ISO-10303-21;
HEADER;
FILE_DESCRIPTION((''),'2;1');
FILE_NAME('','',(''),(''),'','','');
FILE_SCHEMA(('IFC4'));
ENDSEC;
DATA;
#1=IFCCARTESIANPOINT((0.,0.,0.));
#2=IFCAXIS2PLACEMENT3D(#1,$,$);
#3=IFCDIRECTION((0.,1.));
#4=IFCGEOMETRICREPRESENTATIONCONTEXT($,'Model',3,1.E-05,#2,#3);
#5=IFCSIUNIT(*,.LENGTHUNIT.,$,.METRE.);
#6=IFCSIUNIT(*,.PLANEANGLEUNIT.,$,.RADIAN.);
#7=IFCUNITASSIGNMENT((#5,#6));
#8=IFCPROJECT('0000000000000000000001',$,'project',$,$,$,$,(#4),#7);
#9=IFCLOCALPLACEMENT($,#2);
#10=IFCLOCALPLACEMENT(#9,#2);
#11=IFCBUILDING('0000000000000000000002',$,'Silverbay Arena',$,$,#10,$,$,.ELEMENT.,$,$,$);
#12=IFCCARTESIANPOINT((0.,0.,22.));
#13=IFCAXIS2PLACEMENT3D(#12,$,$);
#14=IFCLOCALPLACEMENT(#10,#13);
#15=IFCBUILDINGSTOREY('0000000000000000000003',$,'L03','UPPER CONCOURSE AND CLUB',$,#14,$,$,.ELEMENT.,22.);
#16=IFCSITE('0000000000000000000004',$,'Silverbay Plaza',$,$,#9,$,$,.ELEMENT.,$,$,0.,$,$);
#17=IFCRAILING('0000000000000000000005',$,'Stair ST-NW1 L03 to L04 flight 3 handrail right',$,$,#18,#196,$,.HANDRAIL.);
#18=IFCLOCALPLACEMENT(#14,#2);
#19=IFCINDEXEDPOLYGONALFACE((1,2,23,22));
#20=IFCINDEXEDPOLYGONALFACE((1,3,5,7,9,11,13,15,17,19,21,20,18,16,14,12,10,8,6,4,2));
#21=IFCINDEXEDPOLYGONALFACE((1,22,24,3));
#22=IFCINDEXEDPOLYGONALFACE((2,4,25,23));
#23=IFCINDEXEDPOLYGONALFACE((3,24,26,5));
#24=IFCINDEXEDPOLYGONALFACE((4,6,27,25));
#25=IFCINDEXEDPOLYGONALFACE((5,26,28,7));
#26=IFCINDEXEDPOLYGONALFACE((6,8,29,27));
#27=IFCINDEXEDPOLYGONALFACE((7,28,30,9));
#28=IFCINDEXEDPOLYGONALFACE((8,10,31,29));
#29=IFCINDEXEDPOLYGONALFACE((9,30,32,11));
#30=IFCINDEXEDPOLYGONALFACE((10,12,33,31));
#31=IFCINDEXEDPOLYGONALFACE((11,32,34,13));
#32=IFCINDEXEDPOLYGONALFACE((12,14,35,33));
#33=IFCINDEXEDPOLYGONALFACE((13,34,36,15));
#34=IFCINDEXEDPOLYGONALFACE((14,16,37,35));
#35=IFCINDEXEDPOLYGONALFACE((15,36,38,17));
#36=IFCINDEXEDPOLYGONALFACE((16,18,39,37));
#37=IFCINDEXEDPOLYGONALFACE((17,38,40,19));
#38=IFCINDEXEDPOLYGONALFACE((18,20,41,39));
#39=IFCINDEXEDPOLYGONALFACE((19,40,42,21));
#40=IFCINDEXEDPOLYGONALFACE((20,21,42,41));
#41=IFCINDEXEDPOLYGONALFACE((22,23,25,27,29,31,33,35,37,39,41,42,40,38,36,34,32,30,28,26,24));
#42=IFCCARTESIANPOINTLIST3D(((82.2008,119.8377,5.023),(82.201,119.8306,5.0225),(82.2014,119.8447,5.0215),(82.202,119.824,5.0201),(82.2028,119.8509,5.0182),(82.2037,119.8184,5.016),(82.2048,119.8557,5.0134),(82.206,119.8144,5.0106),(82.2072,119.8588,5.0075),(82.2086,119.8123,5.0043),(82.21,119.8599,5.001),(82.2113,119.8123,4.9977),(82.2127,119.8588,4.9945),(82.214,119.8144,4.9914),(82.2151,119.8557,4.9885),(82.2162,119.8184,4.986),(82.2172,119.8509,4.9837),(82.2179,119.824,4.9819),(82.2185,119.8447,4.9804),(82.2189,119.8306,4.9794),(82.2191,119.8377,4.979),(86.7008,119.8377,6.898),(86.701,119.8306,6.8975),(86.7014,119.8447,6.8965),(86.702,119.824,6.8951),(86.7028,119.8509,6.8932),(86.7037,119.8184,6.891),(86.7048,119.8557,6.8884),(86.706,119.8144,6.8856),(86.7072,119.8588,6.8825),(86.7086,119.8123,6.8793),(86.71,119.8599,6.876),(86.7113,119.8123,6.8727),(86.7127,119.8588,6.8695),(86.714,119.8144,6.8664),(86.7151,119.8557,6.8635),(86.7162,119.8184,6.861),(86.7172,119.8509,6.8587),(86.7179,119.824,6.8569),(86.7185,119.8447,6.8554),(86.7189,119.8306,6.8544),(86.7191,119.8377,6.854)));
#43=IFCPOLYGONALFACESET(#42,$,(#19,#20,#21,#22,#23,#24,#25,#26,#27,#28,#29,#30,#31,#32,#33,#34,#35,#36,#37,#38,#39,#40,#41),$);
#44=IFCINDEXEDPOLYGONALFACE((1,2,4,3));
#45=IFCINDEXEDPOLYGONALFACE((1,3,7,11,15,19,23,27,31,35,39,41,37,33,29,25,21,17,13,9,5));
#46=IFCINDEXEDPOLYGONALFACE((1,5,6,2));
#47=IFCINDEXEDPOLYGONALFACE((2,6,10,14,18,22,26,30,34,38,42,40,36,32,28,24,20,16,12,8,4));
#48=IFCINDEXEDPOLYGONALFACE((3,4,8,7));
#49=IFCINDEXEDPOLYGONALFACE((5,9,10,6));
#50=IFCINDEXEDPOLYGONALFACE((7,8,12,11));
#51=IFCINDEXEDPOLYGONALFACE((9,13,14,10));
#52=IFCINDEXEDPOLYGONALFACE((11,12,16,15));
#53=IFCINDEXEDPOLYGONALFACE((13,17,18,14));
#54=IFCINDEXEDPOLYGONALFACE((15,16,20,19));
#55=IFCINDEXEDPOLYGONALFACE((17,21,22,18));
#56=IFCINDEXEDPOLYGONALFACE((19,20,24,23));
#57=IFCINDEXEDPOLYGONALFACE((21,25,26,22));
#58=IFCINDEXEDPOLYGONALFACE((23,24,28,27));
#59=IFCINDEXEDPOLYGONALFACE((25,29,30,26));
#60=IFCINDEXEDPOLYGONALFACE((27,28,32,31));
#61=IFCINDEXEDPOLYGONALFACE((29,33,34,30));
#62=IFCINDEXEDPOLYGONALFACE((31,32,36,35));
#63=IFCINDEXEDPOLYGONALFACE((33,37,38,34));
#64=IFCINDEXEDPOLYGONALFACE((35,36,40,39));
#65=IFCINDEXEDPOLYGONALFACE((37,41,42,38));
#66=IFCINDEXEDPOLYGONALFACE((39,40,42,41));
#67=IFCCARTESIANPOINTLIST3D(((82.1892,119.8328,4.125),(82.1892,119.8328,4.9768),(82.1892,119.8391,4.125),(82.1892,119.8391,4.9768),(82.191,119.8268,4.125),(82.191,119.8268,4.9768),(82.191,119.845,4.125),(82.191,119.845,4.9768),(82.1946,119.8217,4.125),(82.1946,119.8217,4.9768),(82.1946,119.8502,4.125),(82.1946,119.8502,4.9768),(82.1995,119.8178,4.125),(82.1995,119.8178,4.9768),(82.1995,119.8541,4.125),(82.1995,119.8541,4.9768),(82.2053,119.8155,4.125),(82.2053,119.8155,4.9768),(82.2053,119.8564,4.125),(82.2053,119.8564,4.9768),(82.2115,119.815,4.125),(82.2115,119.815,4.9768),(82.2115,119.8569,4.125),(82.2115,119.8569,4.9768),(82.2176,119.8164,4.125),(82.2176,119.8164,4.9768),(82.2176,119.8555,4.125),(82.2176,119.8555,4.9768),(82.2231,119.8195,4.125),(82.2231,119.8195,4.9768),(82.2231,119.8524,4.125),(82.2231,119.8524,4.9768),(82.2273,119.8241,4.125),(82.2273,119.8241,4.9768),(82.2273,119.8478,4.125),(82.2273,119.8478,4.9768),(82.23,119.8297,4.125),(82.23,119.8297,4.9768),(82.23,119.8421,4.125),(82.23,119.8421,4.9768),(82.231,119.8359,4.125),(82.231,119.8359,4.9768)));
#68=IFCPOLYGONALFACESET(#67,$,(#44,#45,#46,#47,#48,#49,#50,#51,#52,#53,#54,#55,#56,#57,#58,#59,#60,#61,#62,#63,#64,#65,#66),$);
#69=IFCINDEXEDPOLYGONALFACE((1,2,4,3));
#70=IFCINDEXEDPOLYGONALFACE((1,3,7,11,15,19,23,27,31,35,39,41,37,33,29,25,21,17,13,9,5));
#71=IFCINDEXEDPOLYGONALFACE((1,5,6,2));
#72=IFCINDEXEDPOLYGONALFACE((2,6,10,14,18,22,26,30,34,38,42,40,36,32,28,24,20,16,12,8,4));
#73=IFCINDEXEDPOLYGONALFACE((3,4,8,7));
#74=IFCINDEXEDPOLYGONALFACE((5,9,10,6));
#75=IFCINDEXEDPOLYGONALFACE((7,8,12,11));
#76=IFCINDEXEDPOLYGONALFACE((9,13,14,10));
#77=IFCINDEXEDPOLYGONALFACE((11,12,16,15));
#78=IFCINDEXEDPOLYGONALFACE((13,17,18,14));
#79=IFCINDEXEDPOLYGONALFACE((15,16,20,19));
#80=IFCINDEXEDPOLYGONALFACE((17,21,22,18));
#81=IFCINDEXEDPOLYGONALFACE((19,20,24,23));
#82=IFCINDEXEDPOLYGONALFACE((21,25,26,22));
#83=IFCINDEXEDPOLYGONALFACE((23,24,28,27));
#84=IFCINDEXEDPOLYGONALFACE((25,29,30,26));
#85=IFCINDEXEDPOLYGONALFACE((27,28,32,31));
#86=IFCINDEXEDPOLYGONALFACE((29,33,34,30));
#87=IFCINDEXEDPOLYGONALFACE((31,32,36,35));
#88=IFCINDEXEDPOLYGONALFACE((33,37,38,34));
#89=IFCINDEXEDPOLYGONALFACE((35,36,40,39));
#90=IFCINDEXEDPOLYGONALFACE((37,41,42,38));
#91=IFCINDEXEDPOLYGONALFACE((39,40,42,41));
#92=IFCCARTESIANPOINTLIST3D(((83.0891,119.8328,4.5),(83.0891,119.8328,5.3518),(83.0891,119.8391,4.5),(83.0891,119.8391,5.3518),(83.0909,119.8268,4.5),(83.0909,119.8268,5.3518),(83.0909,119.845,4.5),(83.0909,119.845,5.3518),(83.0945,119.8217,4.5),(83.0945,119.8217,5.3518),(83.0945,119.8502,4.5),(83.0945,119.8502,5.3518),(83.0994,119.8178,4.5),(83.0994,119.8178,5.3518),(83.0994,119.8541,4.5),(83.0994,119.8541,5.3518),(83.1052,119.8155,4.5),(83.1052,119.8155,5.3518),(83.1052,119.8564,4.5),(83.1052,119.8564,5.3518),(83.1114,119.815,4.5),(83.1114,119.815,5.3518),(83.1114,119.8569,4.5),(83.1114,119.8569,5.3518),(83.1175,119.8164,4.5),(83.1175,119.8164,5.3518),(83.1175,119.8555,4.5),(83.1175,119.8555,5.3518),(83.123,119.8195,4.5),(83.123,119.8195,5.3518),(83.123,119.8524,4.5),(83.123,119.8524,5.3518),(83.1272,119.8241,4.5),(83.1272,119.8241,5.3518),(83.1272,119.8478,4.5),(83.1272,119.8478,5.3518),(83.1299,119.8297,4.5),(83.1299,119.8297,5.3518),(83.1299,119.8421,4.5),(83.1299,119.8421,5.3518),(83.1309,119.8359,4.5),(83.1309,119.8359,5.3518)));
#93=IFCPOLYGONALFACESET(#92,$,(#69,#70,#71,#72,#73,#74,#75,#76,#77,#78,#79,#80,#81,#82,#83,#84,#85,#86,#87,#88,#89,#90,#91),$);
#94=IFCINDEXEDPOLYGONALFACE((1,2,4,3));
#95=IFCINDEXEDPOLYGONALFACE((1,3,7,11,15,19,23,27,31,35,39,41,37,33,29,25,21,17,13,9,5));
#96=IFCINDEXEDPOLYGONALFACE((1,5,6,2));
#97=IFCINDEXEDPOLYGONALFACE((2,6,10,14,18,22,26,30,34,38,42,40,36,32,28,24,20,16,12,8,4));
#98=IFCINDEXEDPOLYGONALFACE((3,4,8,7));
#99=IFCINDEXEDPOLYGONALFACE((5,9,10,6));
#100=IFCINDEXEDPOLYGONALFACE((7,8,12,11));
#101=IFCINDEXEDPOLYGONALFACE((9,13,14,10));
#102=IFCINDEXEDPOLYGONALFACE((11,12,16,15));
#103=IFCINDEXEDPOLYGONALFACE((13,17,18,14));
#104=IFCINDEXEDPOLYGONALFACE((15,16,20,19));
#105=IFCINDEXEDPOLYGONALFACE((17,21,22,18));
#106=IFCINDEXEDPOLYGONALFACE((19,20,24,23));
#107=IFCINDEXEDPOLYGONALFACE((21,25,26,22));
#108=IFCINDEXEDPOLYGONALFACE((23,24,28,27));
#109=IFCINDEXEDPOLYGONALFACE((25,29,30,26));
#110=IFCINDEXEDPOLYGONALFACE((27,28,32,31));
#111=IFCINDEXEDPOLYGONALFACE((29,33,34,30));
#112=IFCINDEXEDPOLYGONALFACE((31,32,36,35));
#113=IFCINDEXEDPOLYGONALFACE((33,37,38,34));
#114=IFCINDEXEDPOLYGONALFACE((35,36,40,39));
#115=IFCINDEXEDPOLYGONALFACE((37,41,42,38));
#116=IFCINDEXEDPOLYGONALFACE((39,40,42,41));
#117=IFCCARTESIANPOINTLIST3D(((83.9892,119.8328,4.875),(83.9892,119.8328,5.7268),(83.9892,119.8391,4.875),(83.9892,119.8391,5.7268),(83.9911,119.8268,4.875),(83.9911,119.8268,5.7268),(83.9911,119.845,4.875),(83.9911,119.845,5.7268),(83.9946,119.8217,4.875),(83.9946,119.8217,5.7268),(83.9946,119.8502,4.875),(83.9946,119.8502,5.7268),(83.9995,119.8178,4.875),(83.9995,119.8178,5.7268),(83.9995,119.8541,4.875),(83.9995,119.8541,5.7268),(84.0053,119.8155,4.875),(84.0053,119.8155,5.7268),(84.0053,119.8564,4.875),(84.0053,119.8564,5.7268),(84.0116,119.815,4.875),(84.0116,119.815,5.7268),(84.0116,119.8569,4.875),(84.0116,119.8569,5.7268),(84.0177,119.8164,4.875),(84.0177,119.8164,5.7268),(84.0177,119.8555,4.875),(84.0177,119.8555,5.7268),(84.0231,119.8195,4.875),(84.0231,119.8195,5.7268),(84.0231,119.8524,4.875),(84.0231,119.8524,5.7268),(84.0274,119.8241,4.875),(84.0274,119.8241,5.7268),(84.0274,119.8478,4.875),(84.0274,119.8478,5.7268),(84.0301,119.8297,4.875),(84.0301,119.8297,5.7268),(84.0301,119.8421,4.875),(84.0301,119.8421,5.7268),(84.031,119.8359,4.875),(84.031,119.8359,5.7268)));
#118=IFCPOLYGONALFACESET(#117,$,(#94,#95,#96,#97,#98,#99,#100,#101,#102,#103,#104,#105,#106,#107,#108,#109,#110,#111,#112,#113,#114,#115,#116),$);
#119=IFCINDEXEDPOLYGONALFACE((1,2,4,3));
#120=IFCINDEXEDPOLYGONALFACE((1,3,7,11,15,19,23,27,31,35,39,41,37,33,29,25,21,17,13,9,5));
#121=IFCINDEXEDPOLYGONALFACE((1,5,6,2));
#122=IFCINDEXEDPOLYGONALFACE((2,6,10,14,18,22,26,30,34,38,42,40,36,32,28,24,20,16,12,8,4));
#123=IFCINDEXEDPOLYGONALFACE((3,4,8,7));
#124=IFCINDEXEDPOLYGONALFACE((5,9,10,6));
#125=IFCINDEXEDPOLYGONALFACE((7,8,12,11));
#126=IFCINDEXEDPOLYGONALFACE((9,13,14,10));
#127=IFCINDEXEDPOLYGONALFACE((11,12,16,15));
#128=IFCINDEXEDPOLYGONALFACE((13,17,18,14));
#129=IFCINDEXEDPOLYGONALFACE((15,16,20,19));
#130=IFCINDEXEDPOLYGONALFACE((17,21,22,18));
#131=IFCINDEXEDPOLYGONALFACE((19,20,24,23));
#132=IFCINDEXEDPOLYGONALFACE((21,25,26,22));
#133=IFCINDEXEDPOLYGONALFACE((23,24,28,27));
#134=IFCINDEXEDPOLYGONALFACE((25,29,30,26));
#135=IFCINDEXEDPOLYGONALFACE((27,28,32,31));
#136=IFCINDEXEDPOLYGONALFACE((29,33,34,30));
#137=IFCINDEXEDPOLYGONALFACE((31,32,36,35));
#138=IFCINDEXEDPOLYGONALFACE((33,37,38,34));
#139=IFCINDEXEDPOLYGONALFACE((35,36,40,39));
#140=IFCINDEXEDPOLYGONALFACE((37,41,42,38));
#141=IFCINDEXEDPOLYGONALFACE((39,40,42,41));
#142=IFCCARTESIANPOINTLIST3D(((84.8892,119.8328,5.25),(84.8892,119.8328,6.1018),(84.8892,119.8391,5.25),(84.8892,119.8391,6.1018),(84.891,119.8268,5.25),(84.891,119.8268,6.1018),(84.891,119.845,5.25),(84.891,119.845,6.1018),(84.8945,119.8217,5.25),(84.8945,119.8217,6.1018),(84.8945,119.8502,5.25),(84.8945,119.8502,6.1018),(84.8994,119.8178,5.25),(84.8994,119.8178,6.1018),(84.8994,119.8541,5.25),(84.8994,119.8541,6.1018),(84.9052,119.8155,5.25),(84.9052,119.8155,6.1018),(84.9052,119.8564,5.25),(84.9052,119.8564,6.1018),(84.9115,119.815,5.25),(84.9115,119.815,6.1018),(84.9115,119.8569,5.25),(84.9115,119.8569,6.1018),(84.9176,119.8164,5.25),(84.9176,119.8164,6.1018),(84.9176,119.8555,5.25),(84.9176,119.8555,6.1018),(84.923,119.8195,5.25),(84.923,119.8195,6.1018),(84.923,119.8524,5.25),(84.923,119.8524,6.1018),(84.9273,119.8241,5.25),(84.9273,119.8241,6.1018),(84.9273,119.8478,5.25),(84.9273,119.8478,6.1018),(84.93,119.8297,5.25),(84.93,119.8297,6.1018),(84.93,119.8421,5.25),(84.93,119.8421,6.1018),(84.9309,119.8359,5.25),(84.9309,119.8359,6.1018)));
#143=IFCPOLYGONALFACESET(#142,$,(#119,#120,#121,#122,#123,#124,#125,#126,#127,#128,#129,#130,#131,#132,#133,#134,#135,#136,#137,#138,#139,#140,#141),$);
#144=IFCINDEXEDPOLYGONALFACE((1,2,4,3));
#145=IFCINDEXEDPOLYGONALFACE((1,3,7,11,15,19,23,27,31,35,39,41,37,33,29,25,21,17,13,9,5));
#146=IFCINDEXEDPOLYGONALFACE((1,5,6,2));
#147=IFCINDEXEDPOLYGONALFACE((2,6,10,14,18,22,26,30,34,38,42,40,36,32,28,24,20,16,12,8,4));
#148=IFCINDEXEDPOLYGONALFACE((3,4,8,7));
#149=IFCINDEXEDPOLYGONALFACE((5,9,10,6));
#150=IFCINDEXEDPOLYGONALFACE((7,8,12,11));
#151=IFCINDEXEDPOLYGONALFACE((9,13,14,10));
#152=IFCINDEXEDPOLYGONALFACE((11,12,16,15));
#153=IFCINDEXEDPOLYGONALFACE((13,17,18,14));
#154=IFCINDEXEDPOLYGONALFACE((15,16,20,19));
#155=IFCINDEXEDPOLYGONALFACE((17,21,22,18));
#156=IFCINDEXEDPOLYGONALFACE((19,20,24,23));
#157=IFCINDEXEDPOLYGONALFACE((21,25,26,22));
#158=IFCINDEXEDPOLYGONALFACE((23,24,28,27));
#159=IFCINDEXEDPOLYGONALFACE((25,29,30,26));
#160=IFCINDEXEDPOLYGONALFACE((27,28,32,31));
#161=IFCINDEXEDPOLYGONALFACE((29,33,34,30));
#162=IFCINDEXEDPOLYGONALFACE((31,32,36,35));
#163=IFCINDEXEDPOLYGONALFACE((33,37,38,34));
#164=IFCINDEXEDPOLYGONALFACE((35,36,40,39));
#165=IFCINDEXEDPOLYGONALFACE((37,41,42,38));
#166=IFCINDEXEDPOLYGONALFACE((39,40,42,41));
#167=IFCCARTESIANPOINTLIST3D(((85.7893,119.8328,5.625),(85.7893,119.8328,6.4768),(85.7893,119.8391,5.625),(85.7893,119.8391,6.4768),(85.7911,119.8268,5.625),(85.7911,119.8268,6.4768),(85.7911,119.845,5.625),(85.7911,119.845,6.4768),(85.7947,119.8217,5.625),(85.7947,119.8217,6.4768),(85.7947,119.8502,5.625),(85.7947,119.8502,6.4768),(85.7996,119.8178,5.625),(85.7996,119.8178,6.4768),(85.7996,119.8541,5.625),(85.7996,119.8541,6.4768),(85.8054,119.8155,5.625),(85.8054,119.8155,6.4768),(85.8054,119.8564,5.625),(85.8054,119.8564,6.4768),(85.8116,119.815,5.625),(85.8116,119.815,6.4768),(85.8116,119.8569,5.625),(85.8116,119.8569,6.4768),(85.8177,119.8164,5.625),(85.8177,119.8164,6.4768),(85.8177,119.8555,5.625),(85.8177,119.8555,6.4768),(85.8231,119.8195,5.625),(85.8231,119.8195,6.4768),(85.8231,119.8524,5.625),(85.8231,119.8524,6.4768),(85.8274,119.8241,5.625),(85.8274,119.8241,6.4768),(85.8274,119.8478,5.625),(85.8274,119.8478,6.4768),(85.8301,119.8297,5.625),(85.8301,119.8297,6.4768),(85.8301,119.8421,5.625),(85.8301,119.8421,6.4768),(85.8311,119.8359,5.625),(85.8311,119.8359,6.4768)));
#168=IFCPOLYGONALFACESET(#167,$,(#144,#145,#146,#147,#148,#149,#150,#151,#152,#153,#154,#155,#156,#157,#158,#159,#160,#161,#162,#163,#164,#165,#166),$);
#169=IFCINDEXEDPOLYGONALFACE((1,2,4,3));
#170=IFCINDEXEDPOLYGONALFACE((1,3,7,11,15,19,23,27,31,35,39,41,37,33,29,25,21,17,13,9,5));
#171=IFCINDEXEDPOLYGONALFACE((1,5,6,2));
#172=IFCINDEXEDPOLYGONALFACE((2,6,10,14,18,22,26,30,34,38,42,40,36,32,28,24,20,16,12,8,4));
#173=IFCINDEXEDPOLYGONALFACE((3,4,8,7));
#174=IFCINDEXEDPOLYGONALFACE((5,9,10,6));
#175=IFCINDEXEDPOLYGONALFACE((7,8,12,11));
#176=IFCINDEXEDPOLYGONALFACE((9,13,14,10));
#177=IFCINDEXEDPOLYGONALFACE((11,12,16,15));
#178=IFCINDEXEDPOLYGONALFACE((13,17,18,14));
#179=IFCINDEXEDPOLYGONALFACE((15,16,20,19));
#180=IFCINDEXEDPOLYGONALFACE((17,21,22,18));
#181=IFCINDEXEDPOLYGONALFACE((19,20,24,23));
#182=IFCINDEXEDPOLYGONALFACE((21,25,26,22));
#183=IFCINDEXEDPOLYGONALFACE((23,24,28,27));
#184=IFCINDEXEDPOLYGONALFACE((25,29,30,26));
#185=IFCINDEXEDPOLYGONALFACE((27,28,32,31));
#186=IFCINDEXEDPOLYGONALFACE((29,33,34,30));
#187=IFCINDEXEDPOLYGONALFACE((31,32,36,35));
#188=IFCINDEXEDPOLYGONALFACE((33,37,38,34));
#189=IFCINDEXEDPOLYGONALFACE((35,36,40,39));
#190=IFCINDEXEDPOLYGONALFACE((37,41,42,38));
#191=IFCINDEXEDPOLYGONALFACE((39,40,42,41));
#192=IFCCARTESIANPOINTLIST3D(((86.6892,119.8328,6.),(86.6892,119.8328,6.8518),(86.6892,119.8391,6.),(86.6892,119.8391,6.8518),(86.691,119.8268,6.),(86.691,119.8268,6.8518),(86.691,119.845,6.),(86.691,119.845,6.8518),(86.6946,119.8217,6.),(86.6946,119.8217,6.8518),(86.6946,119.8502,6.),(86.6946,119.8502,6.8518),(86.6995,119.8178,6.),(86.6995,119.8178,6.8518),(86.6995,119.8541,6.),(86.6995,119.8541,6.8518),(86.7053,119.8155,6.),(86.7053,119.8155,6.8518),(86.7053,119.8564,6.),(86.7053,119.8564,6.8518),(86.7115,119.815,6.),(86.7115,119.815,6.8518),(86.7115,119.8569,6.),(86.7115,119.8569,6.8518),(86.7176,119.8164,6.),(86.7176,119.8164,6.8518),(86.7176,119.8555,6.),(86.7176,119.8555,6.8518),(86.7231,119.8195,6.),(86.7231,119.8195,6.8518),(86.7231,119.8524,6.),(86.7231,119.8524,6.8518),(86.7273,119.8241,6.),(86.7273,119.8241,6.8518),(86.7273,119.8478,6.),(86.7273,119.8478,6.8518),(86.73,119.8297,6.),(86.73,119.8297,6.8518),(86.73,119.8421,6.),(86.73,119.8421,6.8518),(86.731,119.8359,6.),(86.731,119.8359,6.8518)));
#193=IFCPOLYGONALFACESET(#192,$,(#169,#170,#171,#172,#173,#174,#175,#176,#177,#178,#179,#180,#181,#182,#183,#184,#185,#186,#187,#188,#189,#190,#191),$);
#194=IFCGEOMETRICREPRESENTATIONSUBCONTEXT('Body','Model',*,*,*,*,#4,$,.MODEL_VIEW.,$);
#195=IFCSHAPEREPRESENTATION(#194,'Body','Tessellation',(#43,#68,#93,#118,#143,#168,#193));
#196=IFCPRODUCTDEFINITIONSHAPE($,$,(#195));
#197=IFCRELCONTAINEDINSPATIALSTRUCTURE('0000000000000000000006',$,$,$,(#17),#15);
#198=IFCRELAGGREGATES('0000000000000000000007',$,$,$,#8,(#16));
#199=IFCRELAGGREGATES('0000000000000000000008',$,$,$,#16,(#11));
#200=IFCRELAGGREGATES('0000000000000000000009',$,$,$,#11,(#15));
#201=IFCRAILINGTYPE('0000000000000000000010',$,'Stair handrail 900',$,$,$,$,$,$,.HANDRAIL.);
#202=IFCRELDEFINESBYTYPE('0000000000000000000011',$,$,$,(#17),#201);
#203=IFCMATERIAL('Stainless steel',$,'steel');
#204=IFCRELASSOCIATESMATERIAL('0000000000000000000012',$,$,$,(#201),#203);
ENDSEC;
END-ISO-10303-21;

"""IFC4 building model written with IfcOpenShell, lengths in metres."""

from ifc_helpers import new_model, si_unit, direction, frame, origin, origin_2d, place, context, subcontext, project, spatial, circle, extrude, material, type_object, element, save


model = new_model("IFC4")

# Units and contexts
model_context = context("Model", 3, precision=1e-05, world=origin(), true_north=direction((0.0, 1.0)))
body_context = subcontext(model_context, "Body", "Model", "MODEL_VIEW")
ifc_project = project(units=[si_unit("LENGTHUNIT", "METRE"), si_unit("PLANEANGLEUNIT", "RADIAN")], contexts=[model_context])

# Site, building, storey
site_placement = place(None, origin())
site = spatial("IfcSite", under=ifc_project, at=site_placement, Name="Silverbay Plaza", CompositionType="ELEMENT", RefElevation=0.0)
building_placement = place(site_placement, origin())
building = spatial("IfcBuilding", under=site, at=building_placement, Name="Silverbay Arena", CompositionType="ELEMENT")
storey_placement = place(building_placement, frame((0.0, 0.0, 22.0)))
storey = spatial("IfcBuildingStorey", under=building, at=storey_placement, Name="L03", Description="UPPER CONCOURSE AND CLUB", CompositionType="ELEMENT", Elevation=22.0)

# Railing
ifc_material_1 = material(Name="Stainless steel", Category="steel")
railing_type_1 = type_object("IfcRailingType", Name="Stair handrail 900", PredefinedType="HANDRAIL", material=ifc_material_1)
for number, where, name in (
    (1, (82.21, 119.8359, 4.125), "Stair ST-NW1 L03 to L04 flight 3 handrail right"),
):
    element("IfcRailing", number, at=place(storey_placement, frame(where)), inside=storey, type_object=railing_type_1, Name=name, PredefinedType="HANDRAIL", context=body_context, shape_type="SweptSolid", body=[
        extrude(circle(Radius=0.0239, at=origin_2d()), frame((0.0, 0.0, 0.876), z_axis=(0.923077, 0.0, 0.384615), x_axis=(0.0, 1.0, 0.0)), (0.0, 0.0, 1.0), 4.875),
        extrude(circle(Radius=0.021, at=origin_2d()), origin(), (0.0, 0.0, 1.0), 0.8518),
        extrude(circle(Radius=0.021, at=origin_2d()), frame((0.8999, 0.0, 0.375)), (0.0, 0.0, 1.0), 0.8518),
        extrude(circle(Radius=0.021, at=origin_2d()), frame((1.8, 0.0, 0.75)), (0.0, 0.0, 1.0), 0.8518),
        extrude(circle(Radius=0.021, at=origin_2d()), frame((2.7, 0.0, 1.125)), (0.0, 0.0, 1.0), 0.8518),
        extrude(circle(Radius=0.021, at=origin_2d()), frame((3.6001, 0.0, 1.5)), (0.0, 0.0, 1.0), 0.8518),
        extrude(circle(Radius=0.021, at=origin_2d()), frame((4.5, 0.0, 1.875)), (0.0, 0.0, 1.0), 0.8518),
    ])

save(model, "model.ifc")
